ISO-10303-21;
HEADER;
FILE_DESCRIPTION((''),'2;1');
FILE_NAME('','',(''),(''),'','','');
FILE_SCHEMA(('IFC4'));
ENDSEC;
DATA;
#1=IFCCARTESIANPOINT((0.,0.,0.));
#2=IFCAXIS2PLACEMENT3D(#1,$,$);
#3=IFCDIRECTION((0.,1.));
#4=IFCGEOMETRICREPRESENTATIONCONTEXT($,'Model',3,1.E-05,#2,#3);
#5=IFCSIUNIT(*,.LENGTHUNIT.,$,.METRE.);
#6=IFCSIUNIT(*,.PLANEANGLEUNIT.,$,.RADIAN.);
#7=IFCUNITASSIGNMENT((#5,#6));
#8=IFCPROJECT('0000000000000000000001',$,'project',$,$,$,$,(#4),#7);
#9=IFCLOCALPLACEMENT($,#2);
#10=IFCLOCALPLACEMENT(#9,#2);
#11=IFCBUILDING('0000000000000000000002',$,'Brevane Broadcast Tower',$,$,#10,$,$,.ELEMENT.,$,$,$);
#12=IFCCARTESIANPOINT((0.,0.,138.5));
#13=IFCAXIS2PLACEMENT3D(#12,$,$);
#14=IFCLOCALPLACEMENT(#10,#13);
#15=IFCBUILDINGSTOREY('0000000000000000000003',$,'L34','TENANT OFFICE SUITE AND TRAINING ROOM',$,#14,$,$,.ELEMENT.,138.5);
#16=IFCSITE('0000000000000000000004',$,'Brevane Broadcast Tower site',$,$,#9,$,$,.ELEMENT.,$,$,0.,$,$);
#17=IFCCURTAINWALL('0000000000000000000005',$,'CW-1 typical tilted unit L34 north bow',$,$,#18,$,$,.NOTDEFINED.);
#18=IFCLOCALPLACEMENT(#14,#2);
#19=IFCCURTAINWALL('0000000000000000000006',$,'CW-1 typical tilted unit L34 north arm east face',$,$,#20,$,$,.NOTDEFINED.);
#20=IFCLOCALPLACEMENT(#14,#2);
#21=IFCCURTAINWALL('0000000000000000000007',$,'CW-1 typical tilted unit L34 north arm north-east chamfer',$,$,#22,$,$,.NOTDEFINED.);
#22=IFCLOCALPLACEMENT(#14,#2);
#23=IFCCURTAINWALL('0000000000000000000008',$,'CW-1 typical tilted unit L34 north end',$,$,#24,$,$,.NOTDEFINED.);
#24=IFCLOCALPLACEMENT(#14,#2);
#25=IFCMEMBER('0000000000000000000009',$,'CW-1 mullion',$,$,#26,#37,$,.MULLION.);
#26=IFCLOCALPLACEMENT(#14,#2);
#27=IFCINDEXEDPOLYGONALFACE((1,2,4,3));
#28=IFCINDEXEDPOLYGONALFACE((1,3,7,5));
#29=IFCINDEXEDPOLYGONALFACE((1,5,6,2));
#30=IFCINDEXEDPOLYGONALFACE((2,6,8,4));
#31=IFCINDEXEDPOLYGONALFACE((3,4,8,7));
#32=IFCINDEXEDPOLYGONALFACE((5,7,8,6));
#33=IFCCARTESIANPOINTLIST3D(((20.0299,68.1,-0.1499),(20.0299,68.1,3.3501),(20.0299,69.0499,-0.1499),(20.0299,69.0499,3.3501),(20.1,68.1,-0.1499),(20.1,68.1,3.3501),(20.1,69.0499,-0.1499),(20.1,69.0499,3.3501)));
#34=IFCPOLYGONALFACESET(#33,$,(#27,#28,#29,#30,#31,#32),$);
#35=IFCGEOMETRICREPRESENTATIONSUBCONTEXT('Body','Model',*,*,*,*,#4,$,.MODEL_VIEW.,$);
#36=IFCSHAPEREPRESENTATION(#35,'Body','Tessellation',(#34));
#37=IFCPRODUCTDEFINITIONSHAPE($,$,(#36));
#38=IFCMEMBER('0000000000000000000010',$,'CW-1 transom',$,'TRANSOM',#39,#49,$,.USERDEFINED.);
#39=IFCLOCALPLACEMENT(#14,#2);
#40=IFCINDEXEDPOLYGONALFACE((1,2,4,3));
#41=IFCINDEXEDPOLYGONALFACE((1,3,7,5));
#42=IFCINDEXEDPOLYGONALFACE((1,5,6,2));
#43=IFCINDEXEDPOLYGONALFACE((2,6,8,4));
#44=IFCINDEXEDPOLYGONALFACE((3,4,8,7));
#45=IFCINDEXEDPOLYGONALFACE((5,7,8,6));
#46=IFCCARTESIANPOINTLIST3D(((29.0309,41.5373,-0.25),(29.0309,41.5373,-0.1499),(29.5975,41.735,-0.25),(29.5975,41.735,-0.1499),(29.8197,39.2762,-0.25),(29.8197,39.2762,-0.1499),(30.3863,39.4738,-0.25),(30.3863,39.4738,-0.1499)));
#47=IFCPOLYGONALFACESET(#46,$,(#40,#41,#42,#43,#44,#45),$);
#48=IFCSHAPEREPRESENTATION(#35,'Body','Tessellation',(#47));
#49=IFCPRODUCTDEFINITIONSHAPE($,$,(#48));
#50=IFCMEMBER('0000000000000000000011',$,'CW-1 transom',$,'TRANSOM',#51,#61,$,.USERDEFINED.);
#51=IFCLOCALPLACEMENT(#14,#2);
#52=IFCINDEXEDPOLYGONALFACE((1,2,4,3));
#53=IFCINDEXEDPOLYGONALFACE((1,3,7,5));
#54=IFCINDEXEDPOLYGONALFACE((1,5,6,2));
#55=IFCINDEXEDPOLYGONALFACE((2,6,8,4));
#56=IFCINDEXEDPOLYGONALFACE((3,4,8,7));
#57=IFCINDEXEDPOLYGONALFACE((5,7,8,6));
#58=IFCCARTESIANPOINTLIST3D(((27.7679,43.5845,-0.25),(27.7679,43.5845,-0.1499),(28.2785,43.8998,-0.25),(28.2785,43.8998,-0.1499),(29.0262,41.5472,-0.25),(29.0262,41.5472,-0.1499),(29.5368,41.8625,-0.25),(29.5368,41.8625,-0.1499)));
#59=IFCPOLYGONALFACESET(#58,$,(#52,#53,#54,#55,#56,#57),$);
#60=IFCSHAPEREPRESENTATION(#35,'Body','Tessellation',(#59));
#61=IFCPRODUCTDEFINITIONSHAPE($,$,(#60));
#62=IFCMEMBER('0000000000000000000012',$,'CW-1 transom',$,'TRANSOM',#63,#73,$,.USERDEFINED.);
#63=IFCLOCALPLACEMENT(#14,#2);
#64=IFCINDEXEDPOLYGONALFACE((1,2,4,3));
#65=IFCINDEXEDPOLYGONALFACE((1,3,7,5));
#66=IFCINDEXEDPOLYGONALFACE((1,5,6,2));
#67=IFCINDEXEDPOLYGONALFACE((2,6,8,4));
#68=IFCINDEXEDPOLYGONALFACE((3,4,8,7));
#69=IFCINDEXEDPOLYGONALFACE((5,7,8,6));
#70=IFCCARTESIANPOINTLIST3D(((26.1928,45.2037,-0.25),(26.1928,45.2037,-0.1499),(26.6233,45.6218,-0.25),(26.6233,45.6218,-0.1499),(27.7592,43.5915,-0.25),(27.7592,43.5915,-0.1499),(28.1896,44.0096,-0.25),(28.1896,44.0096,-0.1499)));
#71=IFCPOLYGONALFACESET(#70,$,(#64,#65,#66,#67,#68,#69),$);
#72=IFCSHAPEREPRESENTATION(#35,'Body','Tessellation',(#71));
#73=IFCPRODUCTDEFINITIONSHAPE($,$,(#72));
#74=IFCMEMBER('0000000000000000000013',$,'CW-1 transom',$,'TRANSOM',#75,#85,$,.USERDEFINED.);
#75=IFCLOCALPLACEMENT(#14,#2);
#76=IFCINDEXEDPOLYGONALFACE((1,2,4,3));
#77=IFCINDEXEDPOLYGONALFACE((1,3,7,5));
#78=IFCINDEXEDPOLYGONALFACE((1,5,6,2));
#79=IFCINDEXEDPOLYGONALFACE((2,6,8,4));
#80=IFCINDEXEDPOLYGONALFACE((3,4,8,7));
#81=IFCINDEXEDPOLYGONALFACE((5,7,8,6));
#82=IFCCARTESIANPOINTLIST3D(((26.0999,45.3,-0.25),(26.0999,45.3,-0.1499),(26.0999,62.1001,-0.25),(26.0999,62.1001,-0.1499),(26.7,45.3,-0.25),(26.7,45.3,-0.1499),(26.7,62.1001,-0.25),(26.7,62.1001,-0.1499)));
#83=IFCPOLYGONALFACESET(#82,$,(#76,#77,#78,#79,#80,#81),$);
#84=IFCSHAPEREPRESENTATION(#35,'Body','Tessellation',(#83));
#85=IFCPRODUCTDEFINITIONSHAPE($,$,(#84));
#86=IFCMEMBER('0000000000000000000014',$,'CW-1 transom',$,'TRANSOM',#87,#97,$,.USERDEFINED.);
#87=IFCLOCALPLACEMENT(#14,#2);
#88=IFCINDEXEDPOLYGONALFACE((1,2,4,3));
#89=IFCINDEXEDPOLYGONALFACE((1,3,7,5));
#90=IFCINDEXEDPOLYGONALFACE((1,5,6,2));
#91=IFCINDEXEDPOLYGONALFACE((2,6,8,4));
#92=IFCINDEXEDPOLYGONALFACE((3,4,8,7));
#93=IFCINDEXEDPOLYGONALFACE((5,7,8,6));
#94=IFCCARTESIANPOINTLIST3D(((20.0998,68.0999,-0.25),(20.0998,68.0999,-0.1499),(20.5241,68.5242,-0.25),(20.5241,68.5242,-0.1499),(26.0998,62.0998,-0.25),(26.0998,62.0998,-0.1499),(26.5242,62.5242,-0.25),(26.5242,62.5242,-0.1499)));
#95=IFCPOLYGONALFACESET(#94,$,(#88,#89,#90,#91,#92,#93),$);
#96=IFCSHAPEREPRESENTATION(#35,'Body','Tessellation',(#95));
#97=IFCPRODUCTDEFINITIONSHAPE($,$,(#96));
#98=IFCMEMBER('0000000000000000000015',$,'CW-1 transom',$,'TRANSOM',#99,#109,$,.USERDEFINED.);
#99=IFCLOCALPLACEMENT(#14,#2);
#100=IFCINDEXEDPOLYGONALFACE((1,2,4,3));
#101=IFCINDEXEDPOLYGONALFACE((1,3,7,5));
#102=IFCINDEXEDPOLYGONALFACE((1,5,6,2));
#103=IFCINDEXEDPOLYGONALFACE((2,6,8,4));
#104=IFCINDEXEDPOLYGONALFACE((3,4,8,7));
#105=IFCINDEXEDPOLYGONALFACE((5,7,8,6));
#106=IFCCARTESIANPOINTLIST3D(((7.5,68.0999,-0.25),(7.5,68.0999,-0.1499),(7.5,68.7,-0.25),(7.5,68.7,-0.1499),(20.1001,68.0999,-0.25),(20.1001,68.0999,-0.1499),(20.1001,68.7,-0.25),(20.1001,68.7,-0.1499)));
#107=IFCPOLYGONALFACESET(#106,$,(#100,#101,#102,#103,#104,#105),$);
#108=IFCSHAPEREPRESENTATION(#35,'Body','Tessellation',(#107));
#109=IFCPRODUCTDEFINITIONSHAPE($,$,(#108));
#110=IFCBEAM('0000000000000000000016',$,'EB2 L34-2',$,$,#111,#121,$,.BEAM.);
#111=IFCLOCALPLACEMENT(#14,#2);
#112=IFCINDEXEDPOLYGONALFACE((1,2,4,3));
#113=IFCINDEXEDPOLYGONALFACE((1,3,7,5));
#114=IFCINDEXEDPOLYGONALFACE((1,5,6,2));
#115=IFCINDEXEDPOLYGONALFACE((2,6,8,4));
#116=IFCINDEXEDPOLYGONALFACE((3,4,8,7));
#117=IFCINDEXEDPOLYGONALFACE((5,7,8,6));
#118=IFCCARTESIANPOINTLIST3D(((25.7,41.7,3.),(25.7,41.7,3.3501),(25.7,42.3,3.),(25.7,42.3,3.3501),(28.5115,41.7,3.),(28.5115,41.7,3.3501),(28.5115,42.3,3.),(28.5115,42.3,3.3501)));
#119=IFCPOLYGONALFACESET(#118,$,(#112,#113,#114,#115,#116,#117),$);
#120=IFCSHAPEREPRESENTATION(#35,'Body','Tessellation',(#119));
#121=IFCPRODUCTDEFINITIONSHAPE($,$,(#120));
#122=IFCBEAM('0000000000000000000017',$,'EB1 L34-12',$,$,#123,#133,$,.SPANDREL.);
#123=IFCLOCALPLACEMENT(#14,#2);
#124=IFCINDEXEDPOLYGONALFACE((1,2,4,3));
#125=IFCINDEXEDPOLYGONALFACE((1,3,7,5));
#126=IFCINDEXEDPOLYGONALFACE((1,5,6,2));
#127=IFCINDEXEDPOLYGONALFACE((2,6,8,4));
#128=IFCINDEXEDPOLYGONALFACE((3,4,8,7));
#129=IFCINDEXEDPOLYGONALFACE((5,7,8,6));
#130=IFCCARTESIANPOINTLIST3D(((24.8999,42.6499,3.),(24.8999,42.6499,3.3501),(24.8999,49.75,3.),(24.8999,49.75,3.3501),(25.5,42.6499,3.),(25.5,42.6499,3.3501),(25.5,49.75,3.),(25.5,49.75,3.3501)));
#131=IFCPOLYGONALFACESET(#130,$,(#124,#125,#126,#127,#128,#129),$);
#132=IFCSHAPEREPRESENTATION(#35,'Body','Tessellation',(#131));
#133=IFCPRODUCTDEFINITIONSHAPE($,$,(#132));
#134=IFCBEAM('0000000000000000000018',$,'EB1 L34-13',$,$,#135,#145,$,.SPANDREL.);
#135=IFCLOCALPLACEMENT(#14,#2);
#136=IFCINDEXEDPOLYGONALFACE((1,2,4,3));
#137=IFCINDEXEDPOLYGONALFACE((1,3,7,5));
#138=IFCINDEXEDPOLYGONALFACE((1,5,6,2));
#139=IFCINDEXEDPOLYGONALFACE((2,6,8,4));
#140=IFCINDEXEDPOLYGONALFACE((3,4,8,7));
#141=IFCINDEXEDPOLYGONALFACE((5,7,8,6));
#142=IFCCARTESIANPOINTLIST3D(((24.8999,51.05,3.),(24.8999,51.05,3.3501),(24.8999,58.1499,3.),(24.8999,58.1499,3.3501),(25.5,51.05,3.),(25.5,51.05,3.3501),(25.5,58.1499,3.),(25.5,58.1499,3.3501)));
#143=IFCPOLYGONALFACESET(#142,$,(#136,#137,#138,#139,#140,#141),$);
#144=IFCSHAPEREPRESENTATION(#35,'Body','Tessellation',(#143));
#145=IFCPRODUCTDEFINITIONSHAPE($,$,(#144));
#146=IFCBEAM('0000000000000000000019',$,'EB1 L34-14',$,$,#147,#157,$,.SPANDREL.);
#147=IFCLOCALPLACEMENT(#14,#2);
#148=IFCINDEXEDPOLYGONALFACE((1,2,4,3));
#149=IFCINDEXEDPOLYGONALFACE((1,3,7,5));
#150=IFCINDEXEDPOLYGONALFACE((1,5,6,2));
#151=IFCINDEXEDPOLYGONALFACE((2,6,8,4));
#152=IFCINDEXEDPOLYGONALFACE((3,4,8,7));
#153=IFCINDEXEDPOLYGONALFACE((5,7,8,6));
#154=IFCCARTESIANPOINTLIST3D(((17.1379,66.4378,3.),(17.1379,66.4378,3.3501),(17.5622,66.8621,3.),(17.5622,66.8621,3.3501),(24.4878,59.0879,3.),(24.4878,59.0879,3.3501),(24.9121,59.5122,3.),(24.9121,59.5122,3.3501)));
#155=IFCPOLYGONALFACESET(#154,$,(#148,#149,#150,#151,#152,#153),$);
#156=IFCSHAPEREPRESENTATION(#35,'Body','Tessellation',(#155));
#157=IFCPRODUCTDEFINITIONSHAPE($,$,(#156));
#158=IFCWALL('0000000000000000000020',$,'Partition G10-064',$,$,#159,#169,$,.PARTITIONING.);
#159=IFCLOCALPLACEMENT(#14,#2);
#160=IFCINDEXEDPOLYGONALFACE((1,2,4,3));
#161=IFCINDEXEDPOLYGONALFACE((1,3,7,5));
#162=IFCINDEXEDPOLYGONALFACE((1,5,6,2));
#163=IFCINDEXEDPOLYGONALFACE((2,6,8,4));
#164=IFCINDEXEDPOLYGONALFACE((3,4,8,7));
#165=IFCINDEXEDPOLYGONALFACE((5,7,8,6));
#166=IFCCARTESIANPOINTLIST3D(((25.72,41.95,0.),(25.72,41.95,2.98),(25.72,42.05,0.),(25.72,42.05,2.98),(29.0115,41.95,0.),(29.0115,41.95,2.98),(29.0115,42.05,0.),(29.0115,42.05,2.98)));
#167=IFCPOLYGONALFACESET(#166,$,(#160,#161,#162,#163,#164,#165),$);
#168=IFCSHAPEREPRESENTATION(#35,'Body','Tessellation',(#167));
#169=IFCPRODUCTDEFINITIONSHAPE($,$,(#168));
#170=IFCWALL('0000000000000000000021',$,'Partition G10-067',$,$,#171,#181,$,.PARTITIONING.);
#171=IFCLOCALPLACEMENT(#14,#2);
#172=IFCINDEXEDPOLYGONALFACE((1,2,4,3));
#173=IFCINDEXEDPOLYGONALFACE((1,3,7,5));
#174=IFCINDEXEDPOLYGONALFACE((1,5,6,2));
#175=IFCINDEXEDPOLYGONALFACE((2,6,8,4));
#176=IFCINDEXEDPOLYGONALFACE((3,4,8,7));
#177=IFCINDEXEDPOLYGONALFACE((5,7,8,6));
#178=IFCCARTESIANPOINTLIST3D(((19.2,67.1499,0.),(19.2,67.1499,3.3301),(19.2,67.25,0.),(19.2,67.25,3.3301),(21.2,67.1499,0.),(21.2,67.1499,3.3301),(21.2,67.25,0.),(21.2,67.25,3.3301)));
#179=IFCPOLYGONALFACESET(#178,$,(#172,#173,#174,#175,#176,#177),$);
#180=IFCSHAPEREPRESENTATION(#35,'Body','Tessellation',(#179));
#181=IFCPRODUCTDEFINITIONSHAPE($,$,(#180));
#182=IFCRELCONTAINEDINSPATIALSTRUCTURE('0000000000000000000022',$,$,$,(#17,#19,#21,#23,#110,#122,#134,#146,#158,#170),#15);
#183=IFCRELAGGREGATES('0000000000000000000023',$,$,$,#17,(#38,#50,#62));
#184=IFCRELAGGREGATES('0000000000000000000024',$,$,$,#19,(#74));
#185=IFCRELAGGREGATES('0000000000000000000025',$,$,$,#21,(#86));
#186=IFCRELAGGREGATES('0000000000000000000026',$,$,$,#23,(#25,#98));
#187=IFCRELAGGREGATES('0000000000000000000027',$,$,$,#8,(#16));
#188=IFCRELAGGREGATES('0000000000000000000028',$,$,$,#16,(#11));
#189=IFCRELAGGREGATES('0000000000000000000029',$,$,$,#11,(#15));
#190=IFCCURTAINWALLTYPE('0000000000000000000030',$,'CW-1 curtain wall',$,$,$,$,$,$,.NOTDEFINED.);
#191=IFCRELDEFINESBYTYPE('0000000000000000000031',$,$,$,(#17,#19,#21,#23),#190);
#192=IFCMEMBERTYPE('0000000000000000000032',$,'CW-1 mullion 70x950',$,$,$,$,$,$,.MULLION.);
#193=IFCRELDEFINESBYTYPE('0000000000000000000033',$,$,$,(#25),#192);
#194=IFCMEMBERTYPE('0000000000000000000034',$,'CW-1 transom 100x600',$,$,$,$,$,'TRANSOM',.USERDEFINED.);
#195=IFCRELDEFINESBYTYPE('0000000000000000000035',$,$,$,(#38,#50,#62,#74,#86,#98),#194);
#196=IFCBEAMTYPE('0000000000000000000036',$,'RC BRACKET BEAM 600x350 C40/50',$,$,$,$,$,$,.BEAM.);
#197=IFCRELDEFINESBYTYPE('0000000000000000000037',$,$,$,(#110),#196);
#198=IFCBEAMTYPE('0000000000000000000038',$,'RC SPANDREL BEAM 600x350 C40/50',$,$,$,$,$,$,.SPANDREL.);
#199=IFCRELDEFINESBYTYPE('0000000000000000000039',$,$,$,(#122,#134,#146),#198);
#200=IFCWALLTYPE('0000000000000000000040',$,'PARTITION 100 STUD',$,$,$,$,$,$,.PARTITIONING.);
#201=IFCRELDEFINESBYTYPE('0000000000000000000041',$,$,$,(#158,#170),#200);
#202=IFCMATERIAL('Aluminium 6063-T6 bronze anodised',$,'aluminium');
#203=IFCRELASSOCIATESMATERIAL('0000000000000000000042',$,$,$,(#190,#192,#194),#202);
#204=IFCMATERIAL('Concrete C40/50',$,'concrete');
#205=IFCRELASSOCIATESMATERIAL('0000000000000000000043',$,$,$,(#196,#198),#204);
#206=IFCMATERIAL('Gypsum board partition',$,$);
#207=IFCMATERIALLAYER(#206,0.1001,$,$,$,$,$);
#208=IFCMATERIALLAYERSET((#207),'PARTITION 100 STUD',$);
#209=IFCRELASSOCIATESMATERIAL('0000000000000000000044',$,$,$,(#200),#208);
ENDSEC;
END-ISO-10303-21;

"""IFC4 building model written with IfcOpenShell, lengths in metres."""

from ifc_helpers import new_model, si_unit, direction, frame, frame_2d, origin, origin_2d, place, context, subcontext, project, spatial, rectangle, extrude, material, layer, layer_set, material_profile, profile_set, type_object, element, aggregate, save


model = new_model("IFC4")

# Units and contexts
model_context = context("Model", 3, precision=1e-05, world=origin(), true_north=direction((0.0, 1.0)))
body_context = subcontext(model_context, "Body", "Model", "MODEL_VIEW")
ifc_project = project(units=[si_unit("LENGTHUNIT", "METRE"), si_unit("PLANEANGLEUNIT", "RADIAN")], contexts=[model_context])

# Site, building, storey
site_placement = place(None, origin())
site = spatial("IfcSite", under=ifc_project, at=site_placement, Name="Brevane Broadcast Tower site", CompositionType="ELEMENT", RefElevation=0.0)
building_placement = place(site_placement, origin())
building = spatial("IfcBuilding", under=site, at=building_placement, Name="Brevane Broadcast Tower", CompositionType="ELEMENT")
storey_placement = place(building_placement, frame((0.0, 0.0, 138.5)))
storey = spatial("IfcBuildingStorey", under=building, at=storey_placement, Name="L34", Description="TENANT OFFICE SUITE AND TRAINING ROOM", CompositionType="ELEMENT", Elevation=138.5)

# Curtain walls
ifc_material_1 = material(Name="Aluminium 6063-T6 bronze anodised", Category="aluminium")
curtain_wall_type = type_object("IfcCurtainWallType", Name="CW-1 curtain wall", PredefinedType="NOTDEFINED", material=ifc_material_1)
curtain_wall_1_placement = place(storey_placement, origin())
curtain_wall_1 = element("IfcCurtainWall", 1, at=curtain_wall_1_placement, inside=storey, type_object=curtain_wall_type, Name="CW-1 typical tilted unit L34 north bow", PredefinedType="NOTDEFINED")
ifc_material_profile_1 = material_profile(ifc_material_1, rectangle(XDim=0.95, YDim=0.0701, at=origin_2d()), Name="RECT 70x950")
ifc_profile_set_1 = profile_set([ifc_material_profile_1], Name="Aluminium 6063-T6 bronze anodised")
member_type_1 = type_object("IfcMemberType", Name="CW-1 mullion 70x950", PredefinedType="MULLION", material=ifc_profile_set_1)
curtain_wall_2_placement = place(storey_placement, origin())
curtain_wall_2 = element("IfcCurtainWall", 2, at=curtain_wall_2_placement, inside=storey, type_object=curtain_wall_type, Name="CW-1 typical tilted unit L34 north arm east face", PredefinedType="NOTDEFINED")
curtain_wall_3_placement = place(storey_placement, origin())
curtain_wall_3 = element("IfcCurtainWall", 3, at=curtain_wall_3_placement, inside=storey, type_object=curtain_wall_type, Name="CW-1 typical tilted unit L34 north arm north-east chamfer", PredefinedType="NOTDEFINED")

# Curtain wall, member
curtain_wall_4_placement = place(storey_placement, origin())
curtain_wall_4 = element("IfcCurtainWall", 4, at=curtain_wall_4_placement, inside=storey, type_object=curtain_wall_type, Name="CW-1 typical tilted unit L34 north end", PredefinedType="NOTDEFINED")
member_1_placement = place(storey_placement, frame((20.0649, 68.575, -0.1499), z_axis=(0.0, 0.0, 1.0), x_axis=(0.0, -1.0, 0.0)))
member_1 = element("IfcMember", 5, at=member_1_placement, type_object=member_type_1, Name="CW-1 mullion", PredefinedType="MULLION", context=body_context, shape_type="SweptSolid", body=[
    extrude(rectangle(XDim=0.95, YDim=0.0701, at=origin_2d()), origin(), (0.0, 0.0, 1.0), 3.5),
])

# Members
ifc_material_profile_2 = material_profile(ifc_material_1, rectangle(XDim=0.6001, YDim=0.1001, at=origin_2d()), Name="RECT 100x600")
ifc_profile_set_2 = profile_set([ifc_material_profile_2], Name="Aluminium 6063-T6 bronze anodised")
member_type_2 = type_object("IfcMemberType", Name="CW-1 transom 100x600", ElementType="TRANSOM", PredefinedType="USERDEFINED", material=ifc_profile_set_2)
member_2_placement = place(storey_placement, frame((30.103, 39.375, -0.2), z_axis=(-0.329378, 0.944198, 0.0), x_axis=(-0.944198, -0.329378, 0.0)))
member_2 = element("IfcMember", 6, at=member_2_placement, type_object=member_type_2, Name="CW-1 transom", ObjectType="TRANSOM", PredefinedType="USERDEFINED", context=body_context, shape_type="SweptSolid", body=[
    extrude(rectangle(XDim=0.6001, YDim=0.1001, at=origin_2d()), origin(), (0.0, 0.0, 1.0), 2.3948),
])
member_3_placement = place(storey_placement, frame((29.2815, 41.7048, -0.2), z_axis=(-0.525473, 0.85081, 0.0), x_axis=(-0.85081, -0.525473, 0.0)))
member_3 = element("IfcMember", 7, at=member_3_placement, type_object=member_type_2, Name="CW-1 transom", ObjectType="TRANSOM", PredefinedType="USERDEFINED", context=body_context, shape_type="SweptSolid", body=[
    extrude(rectangle(XDim=0.6001, YDim=0.1001, at=origin_2d()), origin(), (0.0, 0.0, 1.0), 2.3945),
])
member_4_placement = place(storey_placement, frame((27.9744, 43.8005, -0.2), z_axis=(-0.696824, 0.717242, 0.0), x_axis=(-0.717242, -0.696824, 0.0)))
member_4 = element("IfcMember", 8, at=member_4_placement, type_object=member_type_2, Name="CW-1 transom", ObjectType="TRANSOM", PredefinedType="USERDEFINED", context=body_context, shape_type="SweptSolid", body=[
    extrude(rectangle(XDim=0.6001, YDim=0.1001, at=origin_2d()), origin(), (0.0, 0.0, 1.0), 2.2478),
])
aggregate(curtain_wall_1, [member_2, member_3, member_4])
member_5_placement = place(storey_placement, frame((26.3999, 45.3, -0.2), z_axis=(0.0, 1.0, 0.0), x_axis=(-1.0, 0.0, 0.0)))
member_5 = element("IfcMember", 9, at=member_5_placement, type_object=member_type_2, Name="CW-1 transom", ObjectType="TRANSOM", PredefinedType="USERDEFINED", context=body_context, shape_type="SweptSolid", body=[
    extrude(rectangle(XDim=0.6001, YDim=0.1001, at=origin_2d()), origin(), (0.0, 0.0, 1.0), 16.8),
])
aggregate(curtain_wall_2, [member_5])
member_6_placement = place(storey_placement, frame((26.312, 62.312, -0.2), z_axis=(-0.707107, 0.707107, 0.0), x_axis=(-0.707107, -0.707107, 0.0)))
member_6 = element("IfcMember", 10, at=member_6_placement, type_object=member_type_2, Name="CW-1 transom", ObjectType="TRANSOM", PredefinedType="USERDEFINED", context=body_context, shape_type="SweptSolid", body=[
    extrude(rectangle(XDim=0.6001, YDim=0.1001, at=origin_2d()), origin(), (0.0, 0.0, 1.0), 8.4854),
])
aggregate(curtain_wall_3, [member_6])
member_7_placement = place(storey_placement, frame((20.1001, 68.3999, -0.2), z_axis=(-1.0, 0.0, 0.0), x_axis=(0.0, -1.0, 0.0)))
member_7 = element("IfcMember", 11, at=member_7_placement, type_object=member_type_2, Name="CW-1 transom", ObjectType="TRANSOM", PredefinedType="USERDEFINED", context=body_context, shape_type="SweptSolid", body=[
    extrude(rectangle(XDim=0.6001, YDim=0.1001, at=origin_2d()), origin(), (0.0, 0.0, 1.0), 12.6001),
])
aggregate(curtain_wall_4, [member_1, member_7])

# Beams
ifc_material_2 = material(Name="Concrete C40/50", Category="concrete")
ifc_material_profile_3 = material_profile(ifc_material_2, rectangle(XDim=0.6001, YDim=0.3501, at=origin_2d()), Name="RC 600x350")
ifc_profile_set_3 = profile_set([ifc_material_profile_3], Name="Concrete C40/50")
beam_type_1 = type_object("IfcBeamType", Name="RC BRACKET BEAM 600x350 C40/50", PredefinedType="BEAM", material=ifc_profile_set_3)
beam_1_placement = place(storey_placement, frame((25.7, 42.0, 3.175), z_axis=(1.0, 0.0, 0.0), x_axis=(0.0, 1.0, 0.0)))
element("IfcBeam", 12, at=beam_1_placement, inside=storey, type_object=beam_type_1, Name="EB2 L34-2", PredefinedType="BEAM", context=body_context, shape_type="SweptSolid", body=[
    extrude(rectangle(XDim=0.6001, YDim=0.3501, at=origin_2d()), origin(), (0.0, 0.0, 1.0), 2.8115),
])
ifc_material_profile_4 = material_profile(ifc_material_2, rectangle(XDim=0.6001, YDim=0.3501, at=origin_2d()), Name="RC 600x350")
ifc_profile_set_4 = profile_set([ifc_material_profile_4], Name="Concrete C40/50")
beam_type_2 = type_object("IfcBeamType", Name="RC SPANDREL BEAM 600x350 C40/50", PredefinedType="SPANDREL", material=ifc_profile_set_4)
beam_2_placement = place(storey_placement, frame((25.2, 42.6499, 3.175), z_axis=(0.0, 1.0, 0.0), x_axis=(-1.0, 0.0, 0.0)))
element("IfcBeam", 13, at=beam_2_placement, inside=storey, type_object=beam_type_2, Name="EB1 L34-12", PredefinedType="SPANDREL", context=body_context, shape_type="SweptSolid", body=[
    extrude(rectangle(XDim=0.6001, YDim=0.3501, at=origin_2d()), origin(), (0.0, 0.0, 1.0), 7.1001),
])
beam_3_placement = place(storey_placement, frame((25.2, 51.05, 3.175), z_axis=(0.0, 1.0, 0.0), x_axis=(-1.0, 0.0, 0.0)))
element("IfcBeam", 14, at=beam_3_placement, inside=storey, type_object=beam_type_2, Name="EB1 L34-13", PredefinedType="SPANDREL", context=body_context, shape_type="SweptSolid", body=[
    extrude(rectangle(XDim=0.6001, YDim=0.3501, at=origin_2d()), origin(), (0.0, 0.0, 1.0), 7.0999),
])
beam_4_placement = place(storey_placement, frame((24.7, 59.3, 3.175), z_axis=(-0.707107, 0.707107, 0.0), x_axis=(-0.707107, -0.707107, 0.0)))
element("IfcBeam", 15, at=beam_4_placement, inside=storey, type_object=beam_type_2, Name="EB1 L34-14", PredefinedType="SPANDREL", context=body_context, shape_type="SweptSolid", body=[
    extrude(rectangle(XDim=0.6001, YDim=0.3501, at=origin_2d()), origin(), (0.0, 0.0, 1.0), 10.3943),
])

# Walls
ifc_material_3 = material(Name="Gypsum board partition")
ifc_layer = layer(ifc_material_3, 0.1001)
ifc_layer_set = layer_set([ifc_layer], Name="PARTITION 100 STUD")
wall_type = type_object("IfcWallType", Name="PARTITION 100 STUD", PredefinedType="PARTITIONING", material=ifc_layer_set)
wall_1_placement = place(storey_placement, frame((25.72, 42.0, 0.0), z_axis=(0.0, 0.0, 1.0), x_axis=(1.0, 0.0, 0.0)))
element("IfcWall", 16, at=wall_1_placement, inside=storey, type_object=wall_type, Name="Partition G10-064", PredefinedType="PARTITIONING", context=body_context, shape_type="SweptSolid", body=[
    extrude(rectangle(XDim=3.2915, YDim=0.1001, at=frame_2d((1.6458, 0.0))), origin(), (0.0, 0.0, 1.0), 2.98),
])
wall_2_placement = place(storey_placement, frame((21.2, 67.2, 0.0), z_axis=(0.0, 0.0, 1.0), x_axis=(-1.0, 0.0, 0.0)))
element("IfcWall", 17, at=wall_2_placement, inside=storey, type_object=wall_type, Name="Partition G10-067", PredefinedType="PARTITIONING", context=body_context, shape_type="SweptSolid", body=[
    extrude(rectangle(XDim=2.0, YDim=0.1001, at=frame_2d((1.0, 0.0))), origin(), (0.0, 0.0, 1.0), 3.3301),
])

save(model, "model.ifc")
